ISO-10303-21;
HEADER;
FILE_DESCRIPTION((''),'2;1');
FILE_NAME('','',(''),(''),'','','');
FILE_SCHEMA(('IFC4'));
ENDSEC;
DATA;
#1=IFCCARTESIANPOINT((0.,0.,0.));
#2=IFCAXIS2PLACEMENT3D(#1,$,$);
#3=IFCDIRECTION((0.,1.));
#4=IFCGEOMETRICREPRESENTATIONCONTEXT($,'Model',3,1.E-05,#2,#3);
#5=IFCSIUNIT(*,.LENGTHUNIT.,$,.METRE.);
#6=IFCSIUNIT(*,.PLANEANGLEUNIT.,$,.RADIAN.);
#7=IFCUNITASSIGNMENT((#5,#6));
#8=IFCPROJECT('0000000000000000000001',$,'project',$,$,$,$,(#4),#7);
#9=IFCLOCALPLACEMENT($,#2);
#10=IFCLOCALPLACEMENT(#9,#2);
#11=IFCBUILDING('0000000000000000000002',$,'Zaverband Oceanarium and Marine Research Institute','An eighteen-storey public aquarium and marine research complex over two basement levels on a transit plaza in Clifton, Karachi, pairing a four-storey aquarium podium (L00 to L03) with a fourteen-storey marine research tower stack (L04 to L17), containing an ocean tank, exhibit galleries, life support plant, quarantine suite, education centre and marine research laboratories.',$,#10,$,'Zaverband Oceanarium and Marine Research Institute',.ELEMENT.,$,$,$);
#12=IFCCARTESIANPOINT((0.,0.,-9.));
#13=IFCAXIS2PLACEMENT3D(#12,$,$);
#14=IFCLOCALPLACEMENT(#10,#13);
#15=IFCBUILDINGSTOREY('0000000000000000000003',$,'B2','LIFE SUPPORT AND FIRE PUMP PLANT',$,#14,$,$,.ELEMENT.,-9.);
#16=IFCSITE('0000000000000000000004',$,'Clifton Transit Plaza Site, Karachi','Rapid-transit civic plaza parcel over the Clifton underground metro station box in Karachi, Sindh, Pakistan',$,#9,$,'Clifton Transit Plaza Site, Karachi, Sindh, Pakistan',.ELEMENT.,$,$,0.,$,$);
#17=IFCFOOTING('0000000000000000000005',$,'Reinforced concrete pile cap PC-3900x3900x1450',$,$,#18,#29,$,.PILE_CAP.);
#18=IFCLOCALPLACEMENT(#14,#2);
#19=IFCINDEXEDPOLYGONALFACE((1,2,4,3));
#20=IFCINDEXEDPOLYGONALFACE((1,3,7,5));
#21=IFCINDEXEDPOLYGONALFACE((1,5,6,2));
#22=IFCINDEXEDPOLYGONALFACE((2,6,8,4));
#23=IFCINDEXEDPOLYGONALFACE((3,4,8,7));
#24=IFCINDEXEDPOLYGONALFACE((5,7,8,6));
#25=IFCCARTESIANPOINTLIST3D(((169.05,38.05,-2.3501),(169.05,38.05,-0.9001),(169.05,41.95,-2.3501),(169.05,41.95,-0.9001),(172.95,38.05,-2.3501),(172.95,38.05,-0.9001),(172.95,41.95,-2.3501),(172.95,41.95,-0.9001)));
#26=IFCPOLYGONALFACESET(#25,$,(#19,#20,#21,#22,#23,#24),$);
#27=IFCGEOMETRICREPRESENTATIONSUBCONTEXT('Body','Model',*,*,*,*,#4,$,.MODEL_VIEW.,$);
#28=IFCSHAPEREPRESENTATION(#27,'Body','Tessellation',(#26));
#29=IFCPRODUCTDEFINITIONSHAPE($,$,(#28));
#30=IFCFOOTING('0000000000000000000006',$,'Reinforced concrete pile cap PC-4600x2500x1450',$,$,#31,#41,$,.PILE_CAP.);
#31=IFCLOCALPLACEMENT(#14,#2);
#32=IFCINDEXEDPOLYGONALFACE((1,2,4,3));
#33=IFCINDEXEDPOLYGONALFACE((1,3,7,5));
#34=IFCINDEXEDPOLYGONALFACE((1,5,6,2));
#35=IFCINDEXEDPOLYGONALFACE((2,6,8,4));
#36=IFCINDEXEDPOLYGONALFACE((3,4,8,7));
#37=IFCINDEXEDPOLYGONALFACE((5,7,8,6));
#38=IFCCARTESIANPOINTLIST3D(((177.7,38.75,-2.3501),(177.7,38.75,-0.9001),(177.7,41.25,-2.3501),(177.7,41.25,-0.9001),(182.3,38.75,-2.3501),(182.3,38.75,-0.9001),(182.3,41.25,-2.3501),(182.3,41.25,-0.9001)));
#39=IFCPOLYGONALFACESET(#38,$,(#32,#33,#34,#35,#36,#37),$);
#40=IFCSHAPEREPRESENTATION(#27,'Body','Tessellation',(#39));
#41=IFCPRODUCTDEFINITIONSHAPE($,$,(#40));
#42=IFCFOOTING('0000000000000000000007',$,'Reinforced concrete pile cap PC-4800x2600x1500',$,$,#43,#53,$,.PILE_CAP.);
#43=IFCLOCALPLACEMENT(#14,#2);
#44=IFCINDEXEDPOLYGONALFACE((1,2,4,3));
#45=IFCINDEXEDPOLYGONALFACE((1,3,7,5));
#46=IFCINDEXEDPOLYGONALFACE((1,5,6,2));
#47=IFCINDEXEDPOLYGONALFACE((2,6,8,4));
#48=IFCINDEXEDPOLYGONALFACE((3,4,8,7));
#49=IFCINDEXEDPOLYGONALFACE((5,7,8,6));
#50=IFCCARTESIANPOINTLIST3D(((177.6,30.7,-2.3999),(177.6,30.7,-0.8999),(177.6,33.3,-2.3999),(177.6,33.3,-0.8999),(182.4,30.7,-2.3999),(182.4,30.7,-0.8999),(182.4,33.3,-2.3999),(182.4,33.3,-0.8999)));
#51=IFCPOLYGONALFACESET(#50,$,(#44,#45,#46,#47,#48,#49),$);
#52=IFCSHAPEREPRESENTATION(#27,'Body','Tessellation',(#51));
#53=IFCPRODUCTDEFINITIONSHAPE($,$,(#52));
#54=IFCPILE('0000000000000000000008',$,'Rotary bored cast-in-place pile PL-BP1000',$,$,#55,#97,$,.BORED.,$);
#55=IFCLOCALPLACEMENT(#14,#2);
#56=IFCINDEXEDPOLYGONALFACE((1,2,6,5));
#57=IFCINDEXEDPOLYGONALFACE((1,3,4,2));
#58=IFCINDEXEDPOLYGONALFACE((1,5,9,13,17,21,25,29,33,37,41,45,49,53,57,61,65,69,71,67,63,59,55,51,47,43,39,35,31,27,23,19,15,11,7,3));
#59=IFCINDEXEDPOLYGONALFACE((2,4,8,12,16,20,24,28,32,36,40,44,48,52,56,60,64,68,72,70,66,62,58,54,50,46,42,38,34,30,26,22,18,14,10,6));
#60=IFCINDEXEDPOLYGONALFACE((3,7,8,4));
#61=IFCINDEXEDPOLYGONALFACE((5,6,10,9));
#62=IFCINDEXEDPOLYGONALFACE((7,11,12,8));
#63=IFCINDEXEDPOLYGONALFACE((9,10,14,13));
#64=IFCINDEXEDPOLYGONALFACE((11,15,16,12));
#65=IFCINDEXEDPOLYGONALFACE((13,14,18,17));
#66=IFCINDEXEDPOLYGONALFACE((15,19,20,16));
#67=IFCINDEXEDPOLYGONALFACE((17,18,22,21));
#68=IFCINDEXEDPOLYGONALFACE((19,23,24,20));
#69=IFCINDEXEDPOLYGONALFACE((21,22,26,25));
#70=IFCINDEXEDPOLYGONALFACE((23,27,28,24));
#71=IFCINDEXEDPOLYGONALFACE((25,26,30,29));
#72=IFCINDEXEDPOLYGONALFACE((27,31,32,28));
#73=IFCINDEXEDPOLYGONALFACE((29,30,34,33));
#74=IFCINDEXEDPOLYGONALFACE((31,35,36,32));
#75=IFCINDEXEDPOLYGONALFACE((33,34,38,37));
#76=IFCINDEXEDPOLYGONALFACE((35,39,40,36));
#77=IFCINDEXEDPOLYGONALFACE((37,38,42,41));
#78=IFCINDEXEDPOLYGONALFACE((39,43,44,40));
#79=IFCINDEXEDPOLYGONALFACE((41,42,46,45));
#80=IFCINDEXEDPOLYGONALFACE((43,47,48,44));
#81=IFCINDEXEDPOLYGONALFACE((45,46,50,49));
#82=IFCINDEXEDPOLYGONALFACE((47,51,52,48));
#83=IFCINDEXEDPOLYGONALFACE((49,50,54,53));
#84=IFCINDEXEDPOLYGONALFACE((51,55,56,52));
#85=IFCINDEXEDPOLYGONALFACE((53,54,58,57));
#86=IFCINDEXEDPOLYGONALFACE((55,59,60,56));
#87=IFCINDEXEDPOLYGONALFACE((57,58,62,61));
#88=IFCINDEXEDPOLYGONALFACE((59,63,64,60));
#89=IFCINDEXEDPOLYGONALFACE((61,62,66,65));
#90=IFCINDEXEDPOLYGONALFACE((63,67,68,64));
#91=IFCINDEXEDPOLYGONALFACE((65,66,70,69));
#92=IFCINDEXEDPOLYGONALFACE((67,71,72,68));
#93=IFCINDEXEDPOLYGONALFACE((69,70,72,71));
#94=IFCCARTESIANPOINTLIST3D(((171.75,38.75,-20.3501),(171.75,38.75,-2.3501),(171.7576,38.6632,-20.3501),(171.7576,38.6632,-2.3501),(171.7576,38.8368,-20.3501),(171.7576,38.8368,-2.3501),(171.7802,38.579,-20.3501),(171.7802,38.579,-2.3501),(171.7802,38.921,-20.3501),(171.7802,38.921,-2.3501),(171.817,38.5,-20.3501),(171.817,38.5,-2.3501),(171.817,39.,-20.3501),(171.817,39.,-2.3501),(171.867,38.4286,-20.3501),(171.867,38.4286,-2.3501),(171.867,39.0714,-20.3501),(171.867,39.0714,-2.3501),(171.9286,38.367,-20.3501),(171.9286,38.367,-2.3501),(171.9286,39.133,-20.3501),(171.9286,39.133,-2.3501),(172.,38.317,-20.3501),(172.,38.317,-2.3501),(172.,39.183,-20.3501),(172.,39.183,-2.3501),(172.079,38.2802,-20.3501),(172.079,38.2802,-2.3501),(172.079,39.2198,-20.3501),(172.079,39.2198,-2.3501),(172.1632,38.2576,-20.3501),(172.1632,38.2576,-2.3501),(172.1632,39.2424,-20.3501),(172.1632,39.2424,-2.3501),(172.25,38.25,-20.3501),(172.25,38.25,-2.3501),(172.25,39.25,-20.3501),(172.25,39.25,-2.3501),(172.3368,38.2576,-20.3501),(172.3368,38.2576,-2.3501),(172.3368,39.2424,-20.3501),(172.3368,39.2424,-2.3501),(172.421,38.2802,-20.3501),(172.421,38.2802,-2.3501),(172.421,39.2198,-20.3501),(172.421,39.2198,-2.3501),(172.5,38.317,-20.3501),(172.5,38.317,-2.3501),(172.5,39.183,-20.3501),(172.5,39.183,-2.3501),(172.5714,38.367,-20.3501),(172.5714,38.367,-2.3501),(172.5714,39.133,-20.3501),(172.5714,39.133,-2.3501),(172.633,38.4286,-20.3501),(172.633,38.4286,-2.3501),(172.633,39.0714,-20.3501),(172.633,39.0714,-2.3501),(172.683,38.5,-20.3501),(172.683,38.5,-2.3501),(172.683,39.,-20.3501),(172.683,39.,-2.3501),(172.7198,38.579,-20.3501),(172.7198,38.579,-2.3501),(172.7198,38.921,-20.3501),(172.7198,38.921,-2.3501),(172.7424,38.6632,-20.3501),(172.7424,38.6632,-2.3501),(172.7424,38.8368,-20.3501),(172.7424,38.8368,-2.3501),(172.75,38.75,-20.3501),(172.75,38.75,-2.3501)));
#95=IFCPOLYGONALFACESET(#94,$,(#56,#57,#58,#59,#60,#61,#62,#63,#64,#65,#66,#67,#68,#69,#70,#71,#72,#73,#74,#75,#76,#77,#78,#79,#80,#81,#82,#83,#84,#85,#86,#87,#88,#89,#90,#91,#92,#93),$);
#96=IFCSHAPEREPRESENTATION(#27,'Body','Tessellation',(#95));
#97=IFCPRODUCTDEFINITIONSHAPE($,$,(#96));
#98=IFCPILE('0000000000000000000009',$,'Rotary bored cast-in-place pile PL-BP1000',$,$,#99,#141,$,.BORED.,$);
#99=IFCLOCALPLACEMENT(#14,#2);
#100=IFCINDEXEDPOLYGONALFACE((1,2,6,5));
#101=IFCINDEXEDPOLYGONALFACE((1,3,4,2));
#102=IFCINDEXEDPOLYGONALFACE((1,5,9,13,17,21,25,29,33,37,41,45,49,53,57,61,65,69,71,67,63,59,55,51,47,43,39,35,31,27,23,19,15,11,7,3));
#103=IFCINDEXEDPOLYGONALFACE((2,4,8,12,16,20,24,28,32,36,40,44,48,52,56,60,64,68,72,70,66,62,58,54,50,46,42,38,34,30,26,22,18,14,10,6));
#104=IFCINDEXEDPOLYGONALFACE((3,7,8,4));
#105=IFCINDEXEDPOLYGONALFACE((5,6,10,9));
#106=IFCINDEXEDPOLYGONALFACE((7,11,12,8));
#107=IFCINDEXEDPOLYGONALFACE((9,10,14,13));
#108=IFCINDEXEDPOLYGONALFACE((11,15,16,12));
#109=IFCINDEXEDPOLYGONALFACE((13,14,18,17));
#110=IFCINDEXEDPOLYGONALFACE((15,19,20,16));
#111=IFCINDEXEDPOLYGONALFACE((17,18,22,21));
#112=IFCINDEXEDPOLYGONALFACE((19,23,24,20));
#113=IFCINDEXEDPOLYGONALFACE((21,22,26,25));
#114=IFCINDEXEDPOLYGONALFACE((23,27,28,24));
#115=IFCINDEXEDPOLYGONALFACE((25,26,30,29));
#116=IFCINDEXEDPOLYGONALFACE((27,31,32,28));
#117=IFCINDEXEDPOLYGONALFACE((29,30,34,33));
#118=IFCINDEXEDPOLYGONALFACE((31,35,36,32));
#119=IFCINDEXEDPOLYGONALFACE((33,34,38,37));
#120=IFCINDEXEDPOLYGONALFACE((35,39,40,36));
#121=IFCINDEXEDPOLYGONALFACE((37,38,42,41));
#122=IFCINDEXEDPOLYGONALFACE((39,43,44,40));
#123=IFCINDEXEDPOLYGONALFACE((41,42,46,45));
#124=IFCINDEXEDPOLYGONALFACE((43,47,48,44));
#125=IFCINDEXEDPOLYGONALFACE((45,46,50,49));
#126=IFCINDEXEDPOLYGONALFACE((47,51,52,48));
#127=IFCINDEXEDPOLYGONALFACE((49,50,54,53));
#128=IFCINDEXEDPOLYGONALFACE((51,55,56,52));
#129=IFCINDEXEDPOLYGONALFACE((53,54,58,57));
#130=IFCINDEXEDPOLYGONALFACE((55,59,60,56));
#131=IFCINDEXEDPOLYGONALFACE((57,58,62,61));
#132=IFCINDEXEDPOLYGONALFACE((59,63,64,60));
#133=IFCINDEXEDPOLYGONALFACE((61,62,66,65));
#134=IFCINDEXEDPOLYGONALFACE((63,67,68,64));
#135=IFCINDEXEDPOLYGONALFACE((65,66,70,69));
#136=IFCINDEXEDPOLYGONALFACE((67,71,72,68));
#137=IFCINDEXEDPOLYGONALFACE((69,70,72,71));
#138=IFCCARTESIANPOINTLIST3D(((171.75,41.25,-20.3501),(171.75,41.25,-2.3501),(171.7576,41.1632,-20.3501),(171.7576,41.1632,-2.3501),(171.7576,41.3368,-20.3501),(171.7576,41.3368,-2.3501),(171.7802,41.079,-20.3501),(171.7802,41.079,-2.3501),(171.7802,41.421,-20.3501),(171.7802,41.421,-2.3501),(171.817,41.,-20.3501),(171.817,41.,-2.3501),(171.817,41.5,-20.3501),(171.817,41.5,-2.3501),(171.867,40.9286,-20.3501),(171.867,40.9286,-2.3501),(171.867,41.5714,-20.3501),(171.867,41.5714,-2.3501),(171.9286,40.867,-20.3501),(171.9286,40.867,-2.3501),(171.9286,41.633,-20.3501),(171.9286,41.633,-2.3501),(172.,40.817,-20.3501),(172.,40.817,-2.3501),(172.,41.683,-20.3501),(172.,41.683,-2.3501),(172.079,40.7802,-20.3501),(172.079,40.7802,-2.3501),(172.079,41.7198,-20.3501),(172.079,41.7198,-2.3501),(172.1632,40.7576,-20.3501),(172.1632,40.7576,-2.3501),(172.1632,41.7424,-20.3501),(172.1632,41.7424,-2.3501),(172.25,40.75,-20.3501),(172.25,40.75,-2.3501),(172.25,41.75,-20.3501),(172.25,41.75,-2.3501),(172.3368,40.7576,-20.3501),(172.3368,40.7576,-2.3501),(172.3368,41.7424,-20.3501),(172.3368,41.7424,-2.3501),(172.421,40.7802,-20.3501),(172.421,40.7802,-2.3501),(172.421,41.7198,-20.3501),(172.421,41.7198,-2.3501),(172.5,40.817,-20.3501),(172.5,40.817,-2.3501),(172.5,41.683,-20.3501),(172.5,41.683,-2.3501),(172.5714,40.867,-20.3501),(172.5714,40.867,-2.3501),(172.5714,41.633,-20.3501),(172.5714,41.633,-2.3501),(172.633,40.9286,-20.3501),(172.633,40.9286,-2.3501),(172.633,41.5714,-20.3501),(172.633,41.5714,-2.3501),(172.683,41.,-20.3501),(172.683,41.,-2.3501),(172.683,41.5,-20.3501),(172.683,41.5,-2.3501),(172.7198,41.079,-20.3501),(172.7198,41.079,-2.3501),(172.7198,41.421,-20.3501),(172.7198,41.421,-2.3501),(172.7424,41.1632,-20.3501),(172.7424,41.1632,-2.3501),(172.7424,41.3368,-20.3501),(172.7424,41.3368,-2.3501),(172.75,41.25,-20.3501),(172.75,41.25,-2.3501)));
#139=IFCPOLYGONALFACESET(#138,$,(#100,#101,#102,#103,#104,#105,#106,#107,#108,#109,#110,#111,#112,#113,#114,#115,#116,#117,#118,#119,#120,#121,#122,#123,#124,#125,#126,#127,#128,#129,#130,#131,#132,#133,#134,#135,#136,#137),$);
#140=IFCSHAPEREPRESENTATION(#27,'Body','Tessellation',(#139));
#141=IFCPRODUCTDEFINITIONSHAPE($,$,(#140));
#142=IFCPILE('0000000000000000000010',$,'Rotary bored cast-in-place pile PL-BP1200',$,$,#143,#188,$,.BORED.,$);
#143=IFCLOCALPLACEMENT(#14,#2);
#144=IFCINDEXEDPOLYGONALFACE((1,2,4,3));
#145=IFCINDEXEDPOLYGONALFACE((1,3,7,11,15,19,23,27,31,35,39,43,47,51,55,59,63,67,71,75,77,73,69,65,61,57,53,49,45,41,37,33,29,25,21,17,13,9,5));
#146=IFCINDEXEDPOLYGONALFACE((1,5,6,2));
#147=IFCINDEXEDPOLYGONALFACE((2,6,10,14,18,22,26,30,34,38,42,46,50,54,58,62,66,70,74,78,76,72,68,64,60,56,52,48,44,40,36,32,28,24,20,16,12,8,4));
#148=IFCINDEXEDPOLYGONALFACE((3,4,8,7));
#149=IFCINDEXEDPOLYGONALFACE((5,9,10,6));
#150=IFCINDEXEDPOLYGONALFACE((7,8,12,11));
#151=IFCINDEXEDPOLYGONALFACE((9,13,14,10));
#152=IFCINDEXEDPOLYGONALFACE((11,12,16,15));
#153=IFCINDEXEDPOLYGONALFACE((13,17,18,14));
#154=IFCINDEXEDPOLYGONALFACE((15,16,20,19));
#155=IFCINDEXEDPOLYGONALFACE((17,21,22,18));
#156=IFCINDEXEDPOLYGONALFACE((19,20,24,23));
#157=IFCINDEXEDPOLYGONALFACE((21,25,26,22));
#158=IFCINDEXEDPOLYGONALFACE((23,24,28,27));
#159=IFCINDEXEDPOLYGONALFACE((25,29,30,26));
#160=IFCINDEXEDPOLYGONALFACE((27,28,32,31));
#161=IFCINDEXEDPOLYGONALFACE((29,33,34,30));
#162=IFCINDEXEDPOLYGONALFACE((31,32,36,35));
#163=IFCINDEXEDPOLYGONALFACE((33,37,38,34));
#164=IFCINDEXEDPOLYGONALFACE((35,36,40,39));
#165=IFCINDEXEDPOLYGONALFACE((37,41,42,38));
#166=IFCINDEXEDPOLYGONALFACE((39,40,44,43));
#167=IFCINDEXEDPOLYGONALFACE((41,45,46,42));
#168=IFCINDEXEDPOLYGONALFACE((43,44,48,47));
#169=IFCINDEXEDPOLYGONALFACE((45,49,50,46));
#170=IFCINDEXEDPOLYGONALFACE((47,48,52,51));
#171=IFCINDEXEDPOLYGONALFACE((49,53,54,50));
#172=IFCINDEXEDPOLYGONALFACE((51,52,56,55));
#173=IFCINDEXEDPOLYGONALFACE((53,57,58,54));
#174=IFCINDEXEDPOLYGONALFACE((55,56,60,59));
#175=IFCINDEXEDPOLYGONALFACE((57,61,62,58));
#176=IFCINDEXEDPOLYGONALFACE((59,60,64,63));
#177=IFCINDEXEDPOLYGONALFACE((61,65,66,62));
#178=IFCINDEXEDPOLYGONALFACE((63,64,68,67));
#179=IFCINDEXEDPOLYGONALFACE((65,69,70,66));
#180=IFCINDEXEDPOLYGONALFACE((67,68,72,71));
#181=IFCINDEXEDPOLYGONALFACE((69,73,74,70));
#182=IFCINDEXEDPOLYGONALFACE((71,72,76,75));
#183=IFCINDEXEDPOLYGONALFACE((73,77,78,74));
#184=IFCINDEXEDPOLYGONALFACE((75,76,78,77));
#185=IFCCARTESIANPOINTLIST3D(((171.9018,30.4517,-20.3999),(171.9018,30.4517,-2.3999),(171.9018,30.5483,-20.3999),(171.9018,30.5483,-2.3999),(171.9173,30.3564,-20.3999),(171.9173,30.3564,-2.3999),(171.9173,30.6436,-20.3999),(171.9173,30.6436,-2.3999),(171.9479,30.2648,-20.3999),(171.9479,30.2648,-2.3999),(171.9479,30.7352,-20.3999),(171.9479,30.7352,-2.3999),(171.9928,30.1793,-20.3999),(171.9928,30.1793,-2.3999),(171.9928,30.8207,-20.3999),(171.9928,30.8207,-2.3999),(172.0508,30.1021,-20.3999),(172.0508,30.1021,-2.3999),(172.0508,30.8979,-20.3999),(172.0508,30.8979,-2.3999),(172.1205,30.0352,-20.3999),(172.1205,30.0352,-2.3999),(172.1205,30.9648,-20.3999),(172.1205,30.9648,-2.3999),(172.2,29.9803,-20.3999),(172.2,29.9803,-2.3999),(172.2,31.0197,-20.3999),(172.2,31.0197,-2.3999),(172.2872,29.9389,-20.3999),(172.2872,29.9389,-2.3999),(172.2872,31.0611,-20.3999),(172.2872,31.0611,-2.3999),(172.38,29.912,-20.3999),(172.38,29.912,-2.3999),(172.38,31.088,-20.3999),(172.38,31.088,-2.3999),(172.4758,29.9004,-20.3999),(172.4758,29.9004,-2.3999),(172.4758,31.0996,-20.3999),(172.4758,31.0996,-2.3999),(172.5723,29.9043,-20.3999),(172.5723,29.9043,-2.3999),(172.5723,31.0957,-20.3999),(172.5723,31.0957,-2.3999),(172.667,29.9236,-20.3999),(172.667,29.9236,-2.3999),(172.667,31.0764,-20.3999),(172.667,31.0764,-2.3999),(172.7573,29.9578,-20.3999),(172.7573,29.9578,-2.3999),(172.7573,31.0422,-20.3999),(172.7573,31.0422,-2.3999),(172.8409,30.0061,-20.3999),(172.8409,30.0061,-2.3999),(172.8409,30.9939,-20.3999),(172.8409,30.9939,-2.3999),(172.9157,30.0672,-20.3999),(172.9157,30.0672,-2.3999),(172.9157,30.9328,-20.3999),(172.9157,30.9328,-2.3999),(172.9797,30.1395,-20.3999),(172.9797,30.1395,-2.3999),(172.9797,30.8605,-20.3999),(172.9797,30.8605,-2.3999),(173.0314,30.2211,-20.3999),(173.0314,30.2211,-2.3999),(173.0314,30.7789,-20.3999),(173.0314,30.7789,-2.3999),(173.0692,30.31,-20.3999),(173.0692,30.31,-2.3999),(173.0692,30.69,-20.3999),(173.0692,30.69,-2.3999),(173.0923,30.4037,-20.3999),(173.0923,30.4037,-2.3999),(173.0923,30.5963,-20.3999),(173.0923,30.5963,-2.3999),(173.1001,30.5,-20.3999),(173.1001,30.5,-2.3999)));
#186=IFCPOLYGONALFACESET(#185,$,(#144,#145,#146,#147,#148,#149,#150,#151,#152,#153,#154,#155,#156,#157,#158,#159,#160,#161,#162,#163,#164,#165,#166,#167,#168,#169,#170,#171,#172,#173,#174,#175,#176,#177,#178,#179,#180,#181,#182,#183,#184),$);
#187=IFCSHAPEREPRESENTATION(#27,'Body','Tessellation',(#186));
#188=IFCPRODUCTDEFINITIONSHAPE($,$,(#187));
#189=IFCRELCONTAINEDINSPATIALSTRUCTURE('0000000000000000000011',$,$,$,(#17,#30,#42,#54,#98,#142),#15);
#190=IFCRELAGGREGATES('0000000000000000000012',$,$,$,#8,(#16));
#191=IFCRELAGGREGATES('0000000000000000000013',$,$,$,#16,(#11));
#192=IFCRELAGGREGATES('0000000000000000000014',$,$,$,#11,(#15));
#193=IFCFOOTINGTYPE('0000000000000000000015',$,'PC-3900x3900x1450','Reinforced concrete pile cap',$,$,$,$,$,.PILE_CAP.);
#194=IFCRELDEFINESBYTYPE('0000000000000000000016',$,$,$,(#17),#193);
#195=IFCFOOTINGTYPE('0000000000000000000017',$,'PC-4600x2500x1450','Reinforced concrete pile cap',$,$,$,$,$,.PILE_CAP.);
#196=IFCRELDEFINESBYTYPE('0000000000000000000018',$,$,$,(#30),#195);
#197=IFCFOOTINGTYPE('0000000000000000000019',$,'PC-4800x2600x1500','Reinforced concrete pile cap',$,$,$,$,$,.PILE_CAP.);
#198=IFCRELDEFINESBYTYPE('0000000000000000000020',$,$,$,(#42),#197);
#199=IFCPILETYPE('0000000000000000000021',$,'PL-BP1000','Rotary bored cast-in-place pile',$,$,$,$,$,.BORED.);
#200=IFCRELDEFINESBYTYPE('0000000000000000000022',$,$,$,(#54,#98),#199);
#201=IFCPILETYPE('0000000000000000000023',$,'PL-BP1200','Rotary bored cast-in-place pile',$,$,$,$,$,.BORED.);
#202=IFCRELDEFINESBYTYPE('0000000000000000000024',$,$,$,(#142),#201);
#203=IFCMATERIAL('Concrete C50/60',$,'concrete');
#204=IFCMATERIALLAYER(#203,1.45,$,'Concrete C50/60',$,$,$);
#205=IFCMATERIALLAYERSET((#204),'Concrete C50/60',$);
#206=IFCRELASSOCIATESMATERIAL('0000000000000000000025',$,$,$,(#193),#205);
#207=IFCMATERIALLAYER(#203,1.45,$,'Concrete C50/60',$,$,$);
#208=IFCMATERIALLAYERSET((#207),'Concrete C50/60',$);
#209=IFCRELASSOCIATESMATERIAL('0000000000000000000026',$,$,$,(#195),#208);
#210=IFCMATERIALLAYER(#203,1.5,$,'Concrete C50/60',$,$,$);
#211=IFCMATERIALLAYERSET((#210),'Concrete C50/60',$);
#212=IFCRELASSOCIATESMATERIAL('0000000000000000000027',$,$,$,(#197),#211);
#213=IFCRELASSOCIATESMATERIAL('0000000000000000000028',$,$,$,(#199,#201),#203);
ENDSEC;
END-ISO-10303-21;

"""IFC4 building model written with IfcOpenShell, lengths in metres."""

from ifc_helpers import new_model, si_unit, direction, frame, origin, origin_2d, place, context, subcontext, project, spatial, rectangle, circle, extrude, material, layer, layer_set, material_profile, profile_set, type_object, element, save


model = new_model("IFC4")

# Units and contexts
model_context = context("Model", 3, precision=1e-05, world=origin(), true_north=direction((0.0, 1.0)))
body_context = subcontext(model_context, "Body", "Model", "MODEL_VIEW")
ifc_project = project(units=[si_unit("LENGTHUNIT", "METRE"), si_unit("PLANEANGLEUNIT", "RADIAN")], contexts=[model_context])

# Site, building, storey
site_placement = place(None, origin())
site = spatial("IfcSite", under=ifc_project, at=site_placement, Name="Clifton Transit Plaza Site, Karachi", Description="Rapid-transit civic plaza parcel over the Clifton underground metro station box in Karachi, Sindh, Pakistan", LongName="Clifton Transit Plaza Site, Karachi, Sindh, Pakistan", CompositionType="ELEMENT", RefElevation=0.0)
building_placement = place(site_placement, origin())
building = spatial("IfcBuilding", under=site, at=building_placement, Name="Zaverband Oceanarium and Marine Research Institute", Description="An eighteen-storey public aquarium and marine research complex over two basement levels on a transit plaza in Clifton, Karachi, pairing a four-storey aquarium podium (L00 to L03) with a fourteen-storey marine research tower stack (L04 to L17), containing an ocean tank, exhibit galleries, life support plant, quarantine suite, education centre and marine research laboratories.", LongName="Zaverband Oceanarium and Marine Research Institute", CompositionType="ELEMENT")
storey_placement = place(building_placement, frame((0.0, 0.0, -9.0)))
storey = spatial("IfcBuildingStorey", under=building, at=storey_placement, Name="B2", Description="LIFE SUPPORT AND FIRE PUMP PLANT", CompositionType="ELEMENT", Elevation=-9.0)

# Footings
ifc_material_1 = material(Name="Concrete C50/60", Category="concrete")
ifc_layer_1 = layer(ifc_material_1, 1.45, Name="Concrete C50/60")
ifc_layer_set_1 = layer_set([ifc_layer_1], Name="Concrete C50/60")
footing_type_1 = type_object("IfcFootingType", Name="PC-3900x3900x1450", Description="Reinforced concrete pile cap", PredefinedType="PILE_CAP", material=ifc_layer_set_1)
footing_1_placement = place(storey_placement, frame((171.0, 40.0, -2.3501), z_axis=(0.0, 0.0, 1.0), x_axis=(1.0, 0.0, 0.0)))
element("IfcFooting", 1, at=footing_1_placement, inside=storey, type_object=footing_type_1, Name="Reinforced concrete pile cap PC-3900x3900x1450", PredefinedType="PILE_CAP", context=body_context, shape_type="SweptSolid", body=[
    extrude(rectangle(XDim=3.8999, YDim=3.8999, at=origin_2d()), origin(), (0.0, 0.0, 1.0), 1.45),
])
ifc_layer_2 = layer(ifc_material_1, 1.45, Name="Concrete C50/60")
ifc_layer_set_2 = layer_set([ifc_layer_2], Name="Concrete C50/60")
footing_type_2 = type_object("IfcFootingType", Name="PC-4600x2500x1450", Description="Reinforced concrete pile cap", PredefinedType="PILE_CAP", material=ifc_layer_set_2)
footing_2_placement = place(storey_placement, frame((180.0, 40.0, -2.3501), z_axis=(0.0, 0.0, 1.0), x_axis=(1.0, 0.0, 0.0)))
element("IfcFooting", 2, at=footing_2_placement, inside=storey, type_object=footing_type_2, Name="Reinforced concrete pile cap PC-4600x2500x1450", PredefinedType="PILE_CAP", context=body_context, shape_type="SweptSolid", body=[
    extrude(rectangle(XDim=4.6001, YDim=2.5, at=origin_2d()), origin(), (0.0, 0.0, 1.0), 1.45),
])
ifc_layer_3 = layer(ifc_material_1, 1.5, Name="Concrete C50/60")
ifc_layer_set_3 = layer_set([ifc_layer_3], Name="Concrete C50/60")
footing_type_3 = type_object("IfcFootingType", Name="PC-4800x2600x1500", Description="Reinforced concrete pile cap", PredefinedType="PILE_CAP", material=ifc_layer_set_3)
footing_3_placement = place(storey_placement, frame((180.0, 32.0, -2.3999), z_axis=(0.0, 0.0, 1.0), x_axis=(1.0, 0.0, 0.0)))
element("IfcFooting", 3, at=footing_3_placement, inside=storey, type_object=footing_type_3, Name="Reinforced concrete pile cap PC-4800x2600x1500", PredefinedType="PILE_CAP", context=body_context, shape_type="SweptSolid", body=[
    extrude(rectangle(XDim=4.8, YDim=2.6001, at=origin_2d()), origin(), (0.0, 0.0, 1.0), 1.5),
])

# Piles
ifc_material_profile_1 = material_profile(ifc_material_1, circle(Radius=0.5, at=origin_2d()), Name="BP1000")
ifc_profile_set_1 = profile_set([ifc_material_profile_1], Name="Concrete C50/60")
pile_type_1 = type_object("IfcPileType", Name="PL-BP1000", Description="Rotary bored cast-in-place pile", PredefinedType="BORED", material=ifc_profile_set_1)
for number, where, z_axis, x_axis, name in (
    (4, (172.25, 38.75, -2.3501), (0.0, 0.0, -1.0), (1.0, 0.0, 0.0), "Rotary bored cast-in-place pile PL-BP1000"),
    (5, (172.25, 41.25, -2.3501), (0.0, 0.0, -1.0), (1.0, 0.0, 0.0), "Rotary bored cast-in-place pile PL-BP1000"),
):
    element("IfcPile", number, at=place(storey_placement, frame(where, z_axis=z_axis, x_axis=x_axis)), inside=storey, type_object=pile_type_1, Name=name, PredefinedType="BORED", context=body_context, shape_type="SweptSolid", body=[
        extrude(circle(Radius=0.5, at=origin_2d()), origin(), (0.0, 0.0, 1.0), 18.0),
    ])
ifc_material_profile_2 = material_profile(ifc_material_1, circle(Radius=0.6001, at=origin_2d()), Name="BP1200")
ifc_profile_set_2 = profile_set([ifc_material_profile_2], Name="Concrete C50/60")
pile_type_2 = type_object("IfcPileType", Name="PL-BP1200", Description="Rotary bored cast-in-place pile", PredefinedType="BORED", material=ifc_profile_set_2)
for number, where, z_axis, x_axis, name in (
    (6, (172.5, 30.5, -2.3999), (0.0, 0.0, -1.0), (1.0, 0.0, 0.0), "Rotary bored cast-in-place pile PL-BP1200"),
):
    element("IfcPile", number, at=place(storey_placement, frame(where, z_axis=z_axis, x_axis=x_axis)), inside=storey, type_object=pile_type_2, Name=name, PredefinedType="BORED", context=body_context, shape_type="SweptSolid", body=[
        extrude(circle(Radius=0.6001, at=origin_2d()), origin(), (0.0, 0.0, 1.0), 18.0),
    ])

save(model, "model.ifc")
